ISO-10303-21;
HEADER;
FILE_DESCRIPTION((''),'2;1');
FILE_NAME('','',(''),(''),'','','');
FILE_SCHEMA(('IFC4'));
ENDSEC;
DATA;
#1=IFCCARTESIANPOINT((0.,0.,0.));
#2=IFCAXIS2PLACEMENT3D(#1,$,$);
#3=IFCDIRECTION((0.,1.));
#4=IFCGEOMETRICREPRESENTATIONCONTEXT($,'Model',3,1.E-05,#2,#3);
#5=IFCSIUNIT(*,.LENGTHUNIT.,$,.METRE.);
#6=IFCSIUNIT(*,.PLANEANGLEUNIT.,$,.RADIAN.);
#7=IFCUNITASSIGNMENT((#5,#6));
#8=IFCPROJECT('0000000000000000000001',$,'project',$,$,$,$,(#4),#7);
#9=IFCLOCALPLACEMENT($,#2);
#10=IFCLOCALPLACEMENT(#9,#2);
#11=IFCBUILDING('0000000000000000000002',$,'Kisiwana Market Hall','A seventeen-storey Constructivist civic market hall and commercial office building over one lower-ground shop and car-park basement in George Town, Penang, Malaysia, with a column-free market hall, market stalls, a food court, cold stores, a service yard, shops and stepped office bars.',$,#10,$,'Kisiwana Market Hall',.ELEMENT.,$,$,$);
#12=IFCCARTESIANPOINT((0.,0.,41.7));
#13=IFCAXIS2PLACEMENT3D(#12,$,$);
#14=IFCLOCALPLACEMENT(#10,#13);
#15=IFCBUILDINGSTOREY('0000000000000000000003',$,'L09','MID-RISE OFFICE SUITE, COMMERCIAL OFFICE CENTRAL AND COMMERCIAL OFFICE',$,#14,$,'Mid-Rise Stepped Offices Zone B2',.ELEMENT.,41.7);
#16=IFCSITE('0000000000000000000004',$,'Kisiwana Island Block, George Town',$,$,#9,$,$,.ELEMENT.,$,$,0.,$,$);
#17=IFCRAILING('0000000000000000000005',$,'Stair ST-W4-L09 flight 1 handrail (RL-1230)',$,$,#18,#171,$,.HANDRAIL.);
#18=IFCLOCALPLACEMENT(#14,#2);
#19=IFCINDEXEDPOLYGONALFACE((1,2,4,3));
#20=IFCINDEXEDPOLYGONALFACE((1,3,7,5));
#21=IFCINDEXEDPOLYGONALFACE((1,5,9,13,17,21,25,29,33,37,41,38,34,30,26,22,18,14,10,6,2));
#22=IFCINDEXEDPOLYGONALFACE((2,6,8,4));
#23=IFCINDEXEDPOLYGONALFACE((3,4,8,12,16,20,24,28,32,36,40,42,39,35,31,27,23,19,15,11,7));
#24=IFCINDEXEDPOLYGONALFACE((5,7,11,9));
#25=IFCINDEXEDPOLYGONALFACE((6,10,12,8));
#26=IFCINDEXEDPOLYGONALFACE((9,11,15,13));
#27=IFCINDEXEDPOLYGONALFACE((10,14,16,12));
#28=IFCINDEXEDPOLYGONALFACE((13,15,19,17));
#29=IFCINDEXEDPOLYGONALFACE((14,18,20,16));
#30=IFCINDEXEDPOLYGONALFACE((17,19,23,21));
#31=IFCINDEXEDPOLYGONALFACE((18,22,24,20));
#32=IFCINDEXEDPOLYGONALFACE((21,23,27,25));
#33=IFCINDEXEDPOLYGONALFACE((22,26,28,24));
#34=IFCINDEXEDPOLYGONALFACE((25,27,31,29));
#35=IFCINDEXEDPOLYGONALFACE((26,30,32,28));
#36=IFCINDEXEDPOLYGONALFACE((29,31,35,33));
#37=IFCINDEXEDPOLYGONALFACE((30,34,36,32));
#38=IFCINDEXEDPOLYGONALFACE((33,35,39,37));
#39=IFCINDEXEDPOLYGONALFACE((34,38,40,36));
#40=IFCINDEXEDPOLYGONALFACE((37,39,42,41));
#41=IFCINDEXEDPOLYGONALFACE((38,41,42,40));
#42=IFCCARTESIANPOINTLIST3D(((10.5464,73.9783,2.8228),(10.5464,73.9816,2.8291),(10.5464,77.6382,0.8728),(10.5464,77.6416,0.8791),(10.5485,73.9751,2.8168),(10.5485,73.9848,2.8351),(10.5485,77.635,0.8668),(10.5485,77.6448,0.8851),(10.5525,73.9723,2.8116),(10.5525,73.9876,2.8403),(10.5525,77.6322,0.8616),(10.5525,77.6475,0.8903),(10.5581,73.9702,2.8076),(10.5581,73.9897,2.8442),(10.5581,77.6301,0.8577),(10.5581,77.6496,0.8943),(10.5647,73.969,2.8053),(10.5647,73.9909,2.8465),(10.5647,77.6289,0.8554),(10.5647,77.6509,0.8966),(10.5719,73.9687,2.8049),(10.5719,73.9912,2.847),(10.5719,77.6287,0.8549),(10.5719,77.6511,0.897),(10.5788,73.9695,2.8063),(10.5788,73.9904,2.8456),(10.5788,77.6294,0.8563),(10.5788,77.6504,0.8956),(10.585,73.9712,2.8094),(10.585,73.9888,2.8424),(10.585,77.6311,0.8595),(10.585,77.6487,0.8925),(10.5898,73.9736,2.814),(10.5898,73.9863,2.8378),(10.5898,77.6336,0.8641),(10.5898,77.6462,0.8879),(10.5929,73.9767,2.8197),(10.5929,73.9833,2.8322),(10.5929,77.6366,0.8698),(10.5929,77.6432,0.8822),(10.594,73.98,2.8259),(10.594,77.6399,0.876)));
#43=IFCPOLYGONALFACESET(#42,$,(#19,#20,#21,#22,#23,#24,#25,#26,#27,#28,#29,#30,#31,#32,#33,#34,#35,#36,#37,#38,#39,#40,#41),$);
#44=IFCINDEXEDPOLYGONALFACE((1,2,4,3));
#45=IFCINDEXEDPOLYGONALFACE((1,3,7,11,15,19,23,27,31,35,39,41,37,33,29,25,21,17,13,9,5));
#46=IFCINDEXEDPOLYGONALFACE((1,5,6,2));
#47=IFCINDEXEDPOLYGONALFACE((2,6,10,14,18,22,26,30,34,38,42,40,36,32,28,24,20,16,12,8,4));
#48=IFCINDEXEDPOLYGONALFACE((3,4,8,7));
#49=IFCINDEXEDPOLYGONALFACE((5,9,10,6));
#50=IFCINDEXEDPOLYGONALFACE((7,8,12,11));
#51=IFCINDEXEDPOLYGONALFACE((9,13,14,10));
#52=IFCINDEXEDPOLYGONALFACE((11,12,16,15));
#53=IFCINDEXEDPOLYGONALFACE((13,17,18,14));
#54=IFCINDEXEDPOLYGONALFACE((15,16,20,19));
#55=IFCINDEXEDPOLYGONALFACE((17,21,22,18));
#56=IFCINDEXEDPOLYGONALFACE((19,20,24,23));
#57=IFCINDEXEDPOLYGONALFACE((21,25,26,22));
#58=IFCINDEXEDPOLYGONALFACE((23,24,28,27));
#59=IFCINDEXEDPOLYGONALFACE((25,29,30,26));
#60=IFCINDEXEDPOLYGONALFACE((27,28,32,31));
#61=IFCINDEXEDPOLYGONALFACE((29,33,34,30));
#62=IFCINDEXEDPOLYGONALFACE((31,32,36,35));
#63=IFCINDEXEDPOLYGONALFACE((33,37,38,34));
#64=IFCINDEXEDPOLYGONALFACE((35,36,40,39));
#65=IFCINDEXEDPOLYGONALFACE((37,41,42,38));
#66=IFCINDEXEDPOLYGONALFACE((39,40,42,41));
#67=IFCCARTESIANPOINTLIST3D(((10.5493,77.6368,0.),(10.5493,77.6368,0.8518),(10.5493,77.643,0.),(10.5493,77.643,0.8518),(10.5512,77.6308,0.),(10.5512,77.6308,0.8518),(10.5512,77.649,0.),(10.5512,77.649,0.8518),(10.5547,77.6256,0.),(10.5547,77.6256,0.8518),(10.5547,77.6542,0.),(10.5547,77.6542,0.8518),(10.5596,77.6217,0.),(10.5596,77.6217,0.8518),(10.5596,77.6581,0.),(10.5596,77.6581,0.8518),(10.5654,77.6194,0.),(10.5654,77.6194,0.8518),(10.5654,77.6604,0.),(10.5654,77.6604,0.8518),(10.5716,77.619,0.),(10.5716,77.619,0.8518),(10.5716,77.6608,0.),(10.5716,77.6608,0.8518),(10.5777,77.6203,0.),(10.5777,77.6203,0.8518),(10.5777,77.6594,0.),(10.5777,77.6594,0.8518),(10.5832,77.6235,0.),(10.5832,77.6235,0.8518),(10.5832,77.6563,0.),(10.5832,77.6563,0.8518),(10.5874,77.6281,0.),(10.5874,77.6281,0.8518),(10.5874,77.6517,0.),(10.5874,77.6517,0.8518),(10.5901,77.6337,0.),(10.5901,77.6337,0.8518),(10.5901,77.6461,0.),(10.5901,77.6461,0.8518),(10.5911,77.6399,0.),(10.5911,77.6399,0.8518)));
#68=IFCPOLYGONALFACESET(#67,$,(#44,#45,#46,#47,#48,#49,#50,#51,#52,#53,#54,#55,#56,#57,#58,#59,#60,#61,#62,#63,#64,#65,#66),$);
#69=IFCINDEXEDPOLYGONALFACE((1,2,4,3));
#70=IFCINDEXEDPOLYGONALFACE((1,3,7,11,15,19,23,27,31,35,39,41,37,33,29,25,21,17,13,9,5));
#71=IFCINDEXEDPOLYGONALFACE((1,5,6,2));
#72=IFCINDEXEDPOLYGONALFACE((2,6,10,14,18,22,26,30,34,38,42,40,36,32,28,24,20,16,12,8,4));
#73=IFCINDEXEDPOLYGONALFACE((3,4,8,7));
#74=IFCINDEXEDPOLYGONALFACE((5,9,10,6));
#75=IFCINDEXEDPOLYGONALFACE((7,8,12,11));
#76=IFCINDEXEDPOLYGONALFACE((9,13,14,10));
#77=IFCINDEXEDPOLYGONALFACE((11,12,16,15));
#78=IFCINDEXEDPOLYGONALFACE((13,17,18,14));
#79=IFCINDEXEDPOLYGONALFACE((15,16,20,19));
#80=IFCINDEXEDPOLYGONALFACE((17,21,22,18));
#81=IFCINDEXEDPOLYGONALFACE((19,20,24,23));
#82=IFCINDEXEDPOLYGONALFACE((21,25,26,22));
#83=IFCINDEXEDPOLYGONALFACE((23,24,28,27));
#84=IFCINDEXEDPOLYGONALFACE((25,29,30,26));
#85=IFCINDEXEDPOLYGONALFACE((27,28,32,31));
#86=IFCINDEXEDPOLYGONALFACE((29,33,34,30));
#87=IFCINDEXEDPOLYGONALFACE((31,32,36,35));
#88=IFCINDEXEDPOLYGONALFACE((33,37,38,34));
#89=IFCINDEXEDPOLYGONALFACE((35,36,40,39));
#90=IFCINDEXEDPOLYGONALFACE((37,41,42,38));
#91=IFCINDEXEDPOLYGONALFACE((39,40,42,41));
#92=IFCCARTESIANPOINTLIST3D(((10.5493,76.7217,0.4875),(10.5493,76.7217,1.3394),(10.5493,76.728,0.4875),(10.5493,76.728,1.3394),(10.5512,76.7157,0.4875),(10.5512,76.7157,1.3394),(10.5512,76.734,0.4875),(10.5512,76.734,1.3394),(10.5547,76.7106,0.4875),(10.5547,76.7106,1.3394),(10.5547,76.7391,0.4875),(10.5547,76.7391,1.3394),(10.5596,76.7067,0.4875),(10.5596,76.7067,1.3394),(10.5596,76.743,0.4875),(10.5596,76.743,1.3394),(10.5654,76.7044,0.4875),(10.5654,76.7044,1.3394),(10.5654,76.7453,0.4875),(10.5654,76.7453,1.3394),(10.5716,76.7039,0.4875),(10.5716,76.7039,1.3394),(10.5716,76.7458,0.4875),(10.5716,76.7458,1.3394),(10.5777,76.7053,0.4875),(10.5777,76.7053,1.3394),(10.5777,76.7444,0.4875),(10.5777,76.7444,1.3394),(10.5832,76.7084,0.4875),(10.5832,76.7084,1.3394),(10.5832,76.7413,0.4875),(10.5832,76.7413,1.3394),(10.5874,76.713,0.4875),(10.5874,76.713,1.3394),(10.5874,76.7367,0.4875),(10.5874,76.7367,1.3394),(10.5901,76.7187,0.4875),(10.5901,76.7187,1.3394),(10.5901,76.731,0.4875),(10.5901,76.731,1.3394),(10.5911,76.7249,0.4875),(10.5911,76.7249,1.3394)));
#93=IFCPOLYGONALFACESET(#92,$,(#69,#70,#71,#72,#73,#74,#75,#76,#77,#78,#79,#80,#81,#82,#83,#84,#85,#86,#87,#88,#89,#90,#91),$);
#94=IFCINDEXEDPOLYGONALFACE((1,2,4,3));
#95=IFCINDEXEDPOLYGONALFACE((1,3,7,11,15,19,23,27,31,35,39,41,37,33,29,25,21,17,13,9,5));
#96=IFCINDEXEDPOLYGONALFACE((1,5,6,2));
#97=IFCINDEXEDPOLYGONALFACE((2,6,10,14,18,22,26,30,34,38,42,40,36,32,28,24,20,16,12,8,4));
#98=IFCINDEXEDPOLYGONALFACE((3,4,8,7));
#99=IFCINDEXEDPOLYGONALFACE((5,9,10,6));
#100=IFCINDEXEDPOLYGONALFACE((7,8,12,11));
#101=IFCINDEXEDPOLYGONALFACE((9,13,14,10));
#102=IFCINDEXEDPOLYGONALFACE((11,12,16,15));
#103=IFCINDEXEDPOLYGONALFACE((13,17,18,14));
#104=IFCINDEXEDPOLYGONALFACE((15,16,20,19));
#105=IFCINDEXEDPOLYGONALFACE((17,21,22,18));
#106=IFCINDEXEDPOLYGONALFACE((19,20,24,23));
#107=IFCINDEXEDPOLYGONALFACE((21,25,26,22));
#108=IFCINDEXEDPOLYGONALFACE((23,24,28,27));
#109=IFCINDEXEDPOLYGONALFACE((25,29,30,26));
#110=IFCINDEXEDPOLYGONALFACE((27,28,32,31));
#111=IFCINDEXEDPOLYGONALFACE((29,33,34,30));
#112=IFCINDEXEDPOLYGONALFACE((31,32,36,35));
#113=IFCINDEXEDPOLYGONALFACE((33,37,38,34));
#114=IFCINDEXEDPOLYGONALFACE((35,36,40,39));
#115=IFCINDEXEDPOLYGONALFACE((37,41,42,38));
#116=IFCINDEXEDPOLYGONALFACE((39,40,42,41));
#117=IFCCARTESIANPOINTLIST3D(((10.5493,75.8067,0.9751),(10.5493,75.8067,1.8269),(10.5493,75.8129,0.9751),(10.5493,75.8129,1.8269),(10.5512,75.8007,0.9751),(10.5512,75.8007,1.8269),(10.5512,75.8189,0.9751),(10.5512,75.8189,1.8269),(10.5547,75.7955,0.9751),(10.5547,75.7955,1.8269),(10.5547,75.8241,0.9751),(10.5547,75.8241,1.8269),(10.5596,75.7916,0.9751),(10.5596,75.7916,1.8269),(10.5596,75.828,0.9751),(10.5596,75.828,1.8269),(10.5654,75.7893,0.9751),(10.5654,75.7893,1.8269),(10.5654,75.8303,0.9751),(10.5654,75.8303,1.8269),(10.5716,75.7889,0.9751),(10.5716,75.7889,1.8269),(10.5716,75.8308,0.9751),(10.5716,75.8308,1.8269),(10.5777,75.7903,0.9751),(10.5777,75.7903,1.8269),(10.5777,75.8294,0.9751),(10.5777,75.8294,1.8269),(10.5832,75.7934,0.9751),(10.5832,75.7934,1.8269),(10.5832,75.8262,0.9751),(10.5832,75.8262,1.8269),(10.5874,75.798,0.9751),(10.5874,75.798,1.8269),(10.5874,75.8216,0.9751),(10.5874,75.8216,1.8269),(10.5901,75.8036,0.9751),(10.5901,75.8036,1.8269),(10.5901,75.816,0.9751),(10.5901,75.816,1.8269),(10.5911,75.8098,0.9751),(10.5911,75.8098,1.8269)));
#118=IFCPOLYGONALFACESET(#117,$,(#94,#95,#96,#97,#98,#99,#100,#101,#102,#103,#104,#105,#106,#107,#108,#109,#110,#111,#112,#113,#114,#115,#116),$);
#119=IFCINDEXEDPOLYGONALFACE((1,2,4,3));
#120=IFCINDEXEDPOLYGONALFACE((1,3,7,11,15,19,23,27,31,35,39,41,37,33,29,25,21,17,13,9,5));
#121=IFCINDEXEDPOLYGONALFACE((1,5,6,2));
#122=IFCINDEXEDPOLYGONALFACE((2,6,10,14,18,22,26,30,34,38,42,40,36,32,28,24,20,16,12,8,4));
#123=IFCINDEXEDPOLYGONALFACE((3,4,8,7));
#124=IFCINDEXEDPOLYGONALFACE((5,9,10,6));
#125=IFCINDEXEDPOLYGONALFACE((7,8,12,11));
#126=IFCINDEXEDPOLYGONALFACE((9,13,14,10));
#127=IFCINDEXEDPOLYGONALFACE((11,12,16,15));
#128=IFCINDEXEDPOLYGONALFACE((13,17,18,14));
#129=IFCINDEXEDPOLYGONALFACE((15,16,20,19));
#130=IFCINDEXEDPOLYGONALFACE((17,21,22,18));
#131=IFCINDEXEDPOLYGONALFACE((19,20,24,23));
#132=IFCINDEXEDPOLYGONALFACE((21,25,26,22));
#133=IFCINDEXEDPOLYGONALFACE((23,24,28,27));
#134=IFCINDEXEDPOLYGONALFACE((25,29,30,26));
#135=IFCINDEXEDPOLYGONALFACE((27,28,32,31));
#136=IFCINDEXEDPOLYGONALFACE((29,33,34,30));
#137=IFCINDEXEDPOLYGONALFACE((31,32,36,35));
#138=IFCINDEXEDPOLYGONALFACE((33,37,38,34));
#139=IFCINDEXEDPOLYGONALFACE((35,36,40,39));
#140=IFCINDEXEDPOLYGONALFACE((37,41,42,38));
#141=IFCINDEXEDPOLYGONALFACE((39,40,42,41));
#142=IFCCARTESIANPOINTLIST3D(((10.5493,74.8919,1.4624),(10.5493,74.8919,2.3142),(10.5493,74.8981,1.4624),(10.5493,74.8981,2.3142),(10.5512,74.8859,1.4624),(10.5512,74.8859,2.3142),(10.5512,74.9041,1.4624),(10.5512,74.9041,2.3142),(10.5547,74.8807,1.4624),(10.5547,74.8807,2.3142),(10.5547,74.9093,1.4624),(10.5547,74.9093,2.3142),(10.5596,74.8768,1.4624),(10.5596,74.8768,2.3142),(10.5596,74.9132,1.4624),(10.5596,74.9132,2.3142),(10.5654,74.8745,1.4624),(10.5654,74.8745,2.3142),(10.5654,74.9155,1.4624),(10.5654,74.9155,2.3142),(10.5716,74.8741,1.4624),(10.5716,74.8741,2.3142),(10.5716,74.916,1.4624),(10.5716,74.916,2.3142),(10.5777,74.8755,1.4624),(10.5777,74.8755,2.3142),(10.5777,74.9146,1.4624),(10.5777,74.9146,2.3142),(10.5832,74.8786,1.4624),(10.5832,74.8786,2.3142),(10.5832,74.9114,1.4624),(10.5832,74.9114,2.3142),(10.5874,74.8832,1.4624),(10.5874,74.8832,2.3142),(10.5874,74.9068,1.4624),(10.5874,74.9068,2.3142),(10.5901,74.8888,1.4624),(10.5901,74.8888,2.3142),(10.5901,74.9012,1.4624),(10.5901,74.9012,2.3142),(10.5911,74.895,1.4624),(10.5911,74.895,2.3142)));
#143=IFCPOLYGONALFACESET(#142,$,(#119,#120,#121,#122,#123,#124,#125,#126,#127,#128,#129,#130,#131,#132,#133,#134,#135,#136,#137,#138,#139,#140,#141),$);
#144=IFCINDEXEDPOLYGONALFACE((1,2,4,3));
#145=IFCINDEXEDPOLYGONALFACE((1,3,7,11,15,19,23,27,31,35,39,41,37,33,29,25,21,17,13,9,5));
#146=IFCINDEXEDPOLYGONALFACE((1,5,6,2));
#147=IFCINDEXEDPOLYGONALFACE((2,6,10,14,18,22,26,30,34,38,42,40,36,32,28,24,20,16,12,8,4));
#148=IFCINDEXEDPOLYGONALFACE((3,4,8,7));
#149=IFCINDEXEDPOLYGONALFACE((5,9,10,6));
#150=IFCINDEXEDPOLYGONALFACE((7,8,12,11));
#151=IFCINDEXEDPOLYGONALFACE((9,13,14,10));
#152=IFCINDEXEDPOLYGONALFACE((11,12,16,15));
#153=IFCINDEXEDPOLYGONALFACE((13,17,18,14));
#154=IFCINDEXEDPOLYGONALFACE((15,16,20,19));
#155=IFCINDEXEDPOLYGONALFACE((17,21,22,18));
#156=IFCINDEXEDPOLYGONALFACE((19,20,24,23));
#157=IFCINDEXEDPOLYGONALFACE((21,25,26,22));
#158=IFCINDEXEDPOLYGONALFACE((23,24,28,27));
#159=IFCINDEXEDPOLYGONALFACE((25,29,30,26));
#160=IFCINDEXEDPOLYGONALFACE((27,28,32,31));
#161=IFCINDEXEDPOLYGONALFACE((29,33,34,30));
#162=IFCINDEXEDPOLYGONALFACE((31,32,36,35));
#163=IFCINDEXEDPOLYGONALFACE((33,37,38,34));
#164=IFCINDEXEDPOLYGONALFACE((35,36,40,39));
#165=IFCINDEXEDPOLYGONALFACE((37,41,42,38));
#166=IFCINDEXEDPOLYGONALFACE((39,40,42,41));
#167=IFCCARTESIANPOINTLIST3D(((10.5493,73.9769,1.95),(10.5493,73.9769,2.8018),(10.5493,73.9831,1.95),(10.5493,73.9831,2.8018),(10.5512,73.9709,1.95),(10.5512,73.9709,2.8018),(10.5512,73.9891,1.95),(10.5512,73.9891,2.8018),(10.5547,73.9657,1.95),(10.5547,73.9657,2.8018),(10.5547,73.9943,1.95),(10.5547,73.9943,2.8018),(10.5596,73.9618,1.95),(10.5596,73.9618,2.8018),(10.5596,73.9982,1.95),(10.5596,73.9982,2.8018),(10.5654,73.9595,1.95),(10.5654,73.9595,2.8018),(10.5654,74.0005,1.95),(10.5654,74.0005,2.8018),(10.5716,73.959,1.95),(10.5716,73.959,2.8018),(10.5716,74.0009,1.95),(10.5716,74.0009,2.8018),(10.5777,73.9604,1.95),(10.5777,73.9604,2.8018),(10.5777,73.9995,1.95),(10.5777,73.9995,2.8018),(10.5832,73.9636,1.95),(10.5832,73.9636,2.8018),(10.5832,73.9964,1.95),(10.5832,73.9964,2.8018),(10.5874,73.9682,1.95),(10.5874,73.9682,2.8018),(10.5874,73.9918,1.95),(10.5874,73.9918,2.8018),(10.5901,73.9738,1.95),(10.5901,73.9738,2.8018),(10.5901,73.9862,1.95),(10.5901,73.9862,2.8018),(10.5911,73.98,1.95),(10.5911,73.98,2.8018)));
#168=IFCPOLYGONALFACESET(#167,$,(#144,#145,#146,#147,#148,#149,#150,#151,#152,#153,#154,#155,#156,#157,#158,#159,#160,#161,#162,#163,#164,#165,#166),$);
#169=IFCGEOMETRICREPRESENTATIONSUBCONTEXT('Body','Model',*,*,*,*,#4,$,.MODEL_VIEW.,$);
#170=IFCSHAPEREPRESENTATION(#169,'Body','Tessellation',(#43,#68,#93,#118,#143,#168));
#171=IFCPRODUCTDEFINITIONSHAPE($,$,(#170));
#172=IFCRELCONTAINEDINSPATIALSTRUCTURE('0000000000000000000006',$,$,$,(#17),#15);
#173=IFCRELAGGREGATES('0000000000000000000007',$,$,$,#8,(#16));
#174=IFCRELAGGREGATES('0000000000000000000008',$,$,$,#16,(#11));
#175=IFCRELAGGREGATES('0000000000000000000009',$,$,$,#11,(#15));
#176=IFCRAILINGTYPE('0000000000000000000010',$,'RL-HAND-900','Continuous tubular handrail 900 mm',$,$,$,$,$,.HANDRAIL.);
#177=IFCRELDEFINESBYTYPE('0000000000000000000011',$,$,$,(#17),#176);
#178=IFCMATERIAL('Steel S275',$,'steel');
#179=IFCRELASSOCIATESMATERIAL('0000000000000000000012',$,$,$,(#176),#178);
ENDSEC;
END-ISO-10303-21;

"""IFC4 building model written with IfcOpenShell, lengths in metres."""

from ifc_helpers import new_model, si_unit, direction, frame, origin, origin_2d, place, context, subcontext, project, spatial, circle, extrude, material, type_object, element, save


model = new_model("IFC4")

# Units and contexts
model_context = context("Model", 3, precision=1e-05, world=origin(), true_north=direction((0.0, 1.0)))
body_context = subcontext(model_context, "Body", "Model", "MODEL_VIEW")
ifc_project = project(units=[si_unit("LENGTHUNIT", "METRE"), si_unit("PLANEANGLEUNIT", "RADIAN")], contexts=[model_context])

# Site, building, storey
site_placement = place(None, origin())
site = spatial("IfcSite", under=ifc_project, at=site_placement, Name="Kisiwana Island Block, George Town", CompositionType="ELEMENT", RefElevation=0.0)
building_placement = place(site_placement, origin())
building = spatial("IfcBuilding", under=site, at=building_placement, Name="Kisiwana Market Hall", Description="A seventeen-storey Constructivist civic market hall and commercial office building over one lower-ground shop and car-park basement in George Town, Penang, Malaysia, with a column-free market hall, market stalls, a food court, cold stores, a service yard, shops and stepped office bars.", LongName="Kisiwana Market Hall", CompositionType="ELEMENT")
storey_placement = place(building_placement, frame((0.0, 0.0, 41.7)))
storey = spatial("IfcBuildingStorey", under=building, at=storey_placement, Name="L09", Description="MID-RISE OFFICE SUITE, COMMERCIAL OFFICE CENTRAL AND COMMERCIAL OFFICE", LongName="Mid-Rise Stepped Offices Zone B2", CompositionType="ELEMENT", Elevation=41.7)

# Railing
ifc_material_1 = material(Name="Steel S275", Category="steel")
railing_type_1 = type_object("IfcRailingType", Name="RL-HAND-900", Description="Continuous tubular handrail 900 mm", PredefinedType="HANDRAIL", material=ifc_material_1)
for number, where, name in (
    (1, (10.5701, 77.6399, 0.0), "Stair ST-W4-L09 flight 1 handrail (RL-1230)"),
):
    element("IfcRailing", number, at=place(storey_placement, frame(where)), inside=storey, type_object=railing_type_1, Name=name, PredefinedType="HANDRAIL", context=body_context, shape_type="SweptSolid", body=[
        extrude(circle(Radius=0.0239, at=origin_2d()), frame((0.0, 0.0, 0.876), z_axis=(0.0, -0.882553, 0.470212), x_axis=(1.0, 0.0, 0.0)), (0.0, 0.0, 1.0), 4.147),
        extrude(circle(Radius=0.021, at=origin_2d()), origin(), (0.0, 0.0, 1.0), 0.8518),
        extrude(circle(Radius=0.021, at=origin_2d()), frame((0.0, -0.915, 0.4875)), (0.0, 0.0, 1.0), 0.8518),
        extrude(circle(Radius=0.021, at=origin_2d()), frame((0.0, -1.8301, 0.9751)), (0.0, 0.0, 1.0), 0.8518),
        extrude(circle(Radius=0.021, at=origin_2d()), frame((0.0, -2.7449, 1.4624)), (0.0, 0.0, 1.0), 0.8518),
        extrude(circle(Radius=0.021, at=origin_2d()), frame((0.0, -3.6599, 1.95)), (0.0, 0.0, 1.0), 0.8518),
    ])

save(model, "model.ifc")
